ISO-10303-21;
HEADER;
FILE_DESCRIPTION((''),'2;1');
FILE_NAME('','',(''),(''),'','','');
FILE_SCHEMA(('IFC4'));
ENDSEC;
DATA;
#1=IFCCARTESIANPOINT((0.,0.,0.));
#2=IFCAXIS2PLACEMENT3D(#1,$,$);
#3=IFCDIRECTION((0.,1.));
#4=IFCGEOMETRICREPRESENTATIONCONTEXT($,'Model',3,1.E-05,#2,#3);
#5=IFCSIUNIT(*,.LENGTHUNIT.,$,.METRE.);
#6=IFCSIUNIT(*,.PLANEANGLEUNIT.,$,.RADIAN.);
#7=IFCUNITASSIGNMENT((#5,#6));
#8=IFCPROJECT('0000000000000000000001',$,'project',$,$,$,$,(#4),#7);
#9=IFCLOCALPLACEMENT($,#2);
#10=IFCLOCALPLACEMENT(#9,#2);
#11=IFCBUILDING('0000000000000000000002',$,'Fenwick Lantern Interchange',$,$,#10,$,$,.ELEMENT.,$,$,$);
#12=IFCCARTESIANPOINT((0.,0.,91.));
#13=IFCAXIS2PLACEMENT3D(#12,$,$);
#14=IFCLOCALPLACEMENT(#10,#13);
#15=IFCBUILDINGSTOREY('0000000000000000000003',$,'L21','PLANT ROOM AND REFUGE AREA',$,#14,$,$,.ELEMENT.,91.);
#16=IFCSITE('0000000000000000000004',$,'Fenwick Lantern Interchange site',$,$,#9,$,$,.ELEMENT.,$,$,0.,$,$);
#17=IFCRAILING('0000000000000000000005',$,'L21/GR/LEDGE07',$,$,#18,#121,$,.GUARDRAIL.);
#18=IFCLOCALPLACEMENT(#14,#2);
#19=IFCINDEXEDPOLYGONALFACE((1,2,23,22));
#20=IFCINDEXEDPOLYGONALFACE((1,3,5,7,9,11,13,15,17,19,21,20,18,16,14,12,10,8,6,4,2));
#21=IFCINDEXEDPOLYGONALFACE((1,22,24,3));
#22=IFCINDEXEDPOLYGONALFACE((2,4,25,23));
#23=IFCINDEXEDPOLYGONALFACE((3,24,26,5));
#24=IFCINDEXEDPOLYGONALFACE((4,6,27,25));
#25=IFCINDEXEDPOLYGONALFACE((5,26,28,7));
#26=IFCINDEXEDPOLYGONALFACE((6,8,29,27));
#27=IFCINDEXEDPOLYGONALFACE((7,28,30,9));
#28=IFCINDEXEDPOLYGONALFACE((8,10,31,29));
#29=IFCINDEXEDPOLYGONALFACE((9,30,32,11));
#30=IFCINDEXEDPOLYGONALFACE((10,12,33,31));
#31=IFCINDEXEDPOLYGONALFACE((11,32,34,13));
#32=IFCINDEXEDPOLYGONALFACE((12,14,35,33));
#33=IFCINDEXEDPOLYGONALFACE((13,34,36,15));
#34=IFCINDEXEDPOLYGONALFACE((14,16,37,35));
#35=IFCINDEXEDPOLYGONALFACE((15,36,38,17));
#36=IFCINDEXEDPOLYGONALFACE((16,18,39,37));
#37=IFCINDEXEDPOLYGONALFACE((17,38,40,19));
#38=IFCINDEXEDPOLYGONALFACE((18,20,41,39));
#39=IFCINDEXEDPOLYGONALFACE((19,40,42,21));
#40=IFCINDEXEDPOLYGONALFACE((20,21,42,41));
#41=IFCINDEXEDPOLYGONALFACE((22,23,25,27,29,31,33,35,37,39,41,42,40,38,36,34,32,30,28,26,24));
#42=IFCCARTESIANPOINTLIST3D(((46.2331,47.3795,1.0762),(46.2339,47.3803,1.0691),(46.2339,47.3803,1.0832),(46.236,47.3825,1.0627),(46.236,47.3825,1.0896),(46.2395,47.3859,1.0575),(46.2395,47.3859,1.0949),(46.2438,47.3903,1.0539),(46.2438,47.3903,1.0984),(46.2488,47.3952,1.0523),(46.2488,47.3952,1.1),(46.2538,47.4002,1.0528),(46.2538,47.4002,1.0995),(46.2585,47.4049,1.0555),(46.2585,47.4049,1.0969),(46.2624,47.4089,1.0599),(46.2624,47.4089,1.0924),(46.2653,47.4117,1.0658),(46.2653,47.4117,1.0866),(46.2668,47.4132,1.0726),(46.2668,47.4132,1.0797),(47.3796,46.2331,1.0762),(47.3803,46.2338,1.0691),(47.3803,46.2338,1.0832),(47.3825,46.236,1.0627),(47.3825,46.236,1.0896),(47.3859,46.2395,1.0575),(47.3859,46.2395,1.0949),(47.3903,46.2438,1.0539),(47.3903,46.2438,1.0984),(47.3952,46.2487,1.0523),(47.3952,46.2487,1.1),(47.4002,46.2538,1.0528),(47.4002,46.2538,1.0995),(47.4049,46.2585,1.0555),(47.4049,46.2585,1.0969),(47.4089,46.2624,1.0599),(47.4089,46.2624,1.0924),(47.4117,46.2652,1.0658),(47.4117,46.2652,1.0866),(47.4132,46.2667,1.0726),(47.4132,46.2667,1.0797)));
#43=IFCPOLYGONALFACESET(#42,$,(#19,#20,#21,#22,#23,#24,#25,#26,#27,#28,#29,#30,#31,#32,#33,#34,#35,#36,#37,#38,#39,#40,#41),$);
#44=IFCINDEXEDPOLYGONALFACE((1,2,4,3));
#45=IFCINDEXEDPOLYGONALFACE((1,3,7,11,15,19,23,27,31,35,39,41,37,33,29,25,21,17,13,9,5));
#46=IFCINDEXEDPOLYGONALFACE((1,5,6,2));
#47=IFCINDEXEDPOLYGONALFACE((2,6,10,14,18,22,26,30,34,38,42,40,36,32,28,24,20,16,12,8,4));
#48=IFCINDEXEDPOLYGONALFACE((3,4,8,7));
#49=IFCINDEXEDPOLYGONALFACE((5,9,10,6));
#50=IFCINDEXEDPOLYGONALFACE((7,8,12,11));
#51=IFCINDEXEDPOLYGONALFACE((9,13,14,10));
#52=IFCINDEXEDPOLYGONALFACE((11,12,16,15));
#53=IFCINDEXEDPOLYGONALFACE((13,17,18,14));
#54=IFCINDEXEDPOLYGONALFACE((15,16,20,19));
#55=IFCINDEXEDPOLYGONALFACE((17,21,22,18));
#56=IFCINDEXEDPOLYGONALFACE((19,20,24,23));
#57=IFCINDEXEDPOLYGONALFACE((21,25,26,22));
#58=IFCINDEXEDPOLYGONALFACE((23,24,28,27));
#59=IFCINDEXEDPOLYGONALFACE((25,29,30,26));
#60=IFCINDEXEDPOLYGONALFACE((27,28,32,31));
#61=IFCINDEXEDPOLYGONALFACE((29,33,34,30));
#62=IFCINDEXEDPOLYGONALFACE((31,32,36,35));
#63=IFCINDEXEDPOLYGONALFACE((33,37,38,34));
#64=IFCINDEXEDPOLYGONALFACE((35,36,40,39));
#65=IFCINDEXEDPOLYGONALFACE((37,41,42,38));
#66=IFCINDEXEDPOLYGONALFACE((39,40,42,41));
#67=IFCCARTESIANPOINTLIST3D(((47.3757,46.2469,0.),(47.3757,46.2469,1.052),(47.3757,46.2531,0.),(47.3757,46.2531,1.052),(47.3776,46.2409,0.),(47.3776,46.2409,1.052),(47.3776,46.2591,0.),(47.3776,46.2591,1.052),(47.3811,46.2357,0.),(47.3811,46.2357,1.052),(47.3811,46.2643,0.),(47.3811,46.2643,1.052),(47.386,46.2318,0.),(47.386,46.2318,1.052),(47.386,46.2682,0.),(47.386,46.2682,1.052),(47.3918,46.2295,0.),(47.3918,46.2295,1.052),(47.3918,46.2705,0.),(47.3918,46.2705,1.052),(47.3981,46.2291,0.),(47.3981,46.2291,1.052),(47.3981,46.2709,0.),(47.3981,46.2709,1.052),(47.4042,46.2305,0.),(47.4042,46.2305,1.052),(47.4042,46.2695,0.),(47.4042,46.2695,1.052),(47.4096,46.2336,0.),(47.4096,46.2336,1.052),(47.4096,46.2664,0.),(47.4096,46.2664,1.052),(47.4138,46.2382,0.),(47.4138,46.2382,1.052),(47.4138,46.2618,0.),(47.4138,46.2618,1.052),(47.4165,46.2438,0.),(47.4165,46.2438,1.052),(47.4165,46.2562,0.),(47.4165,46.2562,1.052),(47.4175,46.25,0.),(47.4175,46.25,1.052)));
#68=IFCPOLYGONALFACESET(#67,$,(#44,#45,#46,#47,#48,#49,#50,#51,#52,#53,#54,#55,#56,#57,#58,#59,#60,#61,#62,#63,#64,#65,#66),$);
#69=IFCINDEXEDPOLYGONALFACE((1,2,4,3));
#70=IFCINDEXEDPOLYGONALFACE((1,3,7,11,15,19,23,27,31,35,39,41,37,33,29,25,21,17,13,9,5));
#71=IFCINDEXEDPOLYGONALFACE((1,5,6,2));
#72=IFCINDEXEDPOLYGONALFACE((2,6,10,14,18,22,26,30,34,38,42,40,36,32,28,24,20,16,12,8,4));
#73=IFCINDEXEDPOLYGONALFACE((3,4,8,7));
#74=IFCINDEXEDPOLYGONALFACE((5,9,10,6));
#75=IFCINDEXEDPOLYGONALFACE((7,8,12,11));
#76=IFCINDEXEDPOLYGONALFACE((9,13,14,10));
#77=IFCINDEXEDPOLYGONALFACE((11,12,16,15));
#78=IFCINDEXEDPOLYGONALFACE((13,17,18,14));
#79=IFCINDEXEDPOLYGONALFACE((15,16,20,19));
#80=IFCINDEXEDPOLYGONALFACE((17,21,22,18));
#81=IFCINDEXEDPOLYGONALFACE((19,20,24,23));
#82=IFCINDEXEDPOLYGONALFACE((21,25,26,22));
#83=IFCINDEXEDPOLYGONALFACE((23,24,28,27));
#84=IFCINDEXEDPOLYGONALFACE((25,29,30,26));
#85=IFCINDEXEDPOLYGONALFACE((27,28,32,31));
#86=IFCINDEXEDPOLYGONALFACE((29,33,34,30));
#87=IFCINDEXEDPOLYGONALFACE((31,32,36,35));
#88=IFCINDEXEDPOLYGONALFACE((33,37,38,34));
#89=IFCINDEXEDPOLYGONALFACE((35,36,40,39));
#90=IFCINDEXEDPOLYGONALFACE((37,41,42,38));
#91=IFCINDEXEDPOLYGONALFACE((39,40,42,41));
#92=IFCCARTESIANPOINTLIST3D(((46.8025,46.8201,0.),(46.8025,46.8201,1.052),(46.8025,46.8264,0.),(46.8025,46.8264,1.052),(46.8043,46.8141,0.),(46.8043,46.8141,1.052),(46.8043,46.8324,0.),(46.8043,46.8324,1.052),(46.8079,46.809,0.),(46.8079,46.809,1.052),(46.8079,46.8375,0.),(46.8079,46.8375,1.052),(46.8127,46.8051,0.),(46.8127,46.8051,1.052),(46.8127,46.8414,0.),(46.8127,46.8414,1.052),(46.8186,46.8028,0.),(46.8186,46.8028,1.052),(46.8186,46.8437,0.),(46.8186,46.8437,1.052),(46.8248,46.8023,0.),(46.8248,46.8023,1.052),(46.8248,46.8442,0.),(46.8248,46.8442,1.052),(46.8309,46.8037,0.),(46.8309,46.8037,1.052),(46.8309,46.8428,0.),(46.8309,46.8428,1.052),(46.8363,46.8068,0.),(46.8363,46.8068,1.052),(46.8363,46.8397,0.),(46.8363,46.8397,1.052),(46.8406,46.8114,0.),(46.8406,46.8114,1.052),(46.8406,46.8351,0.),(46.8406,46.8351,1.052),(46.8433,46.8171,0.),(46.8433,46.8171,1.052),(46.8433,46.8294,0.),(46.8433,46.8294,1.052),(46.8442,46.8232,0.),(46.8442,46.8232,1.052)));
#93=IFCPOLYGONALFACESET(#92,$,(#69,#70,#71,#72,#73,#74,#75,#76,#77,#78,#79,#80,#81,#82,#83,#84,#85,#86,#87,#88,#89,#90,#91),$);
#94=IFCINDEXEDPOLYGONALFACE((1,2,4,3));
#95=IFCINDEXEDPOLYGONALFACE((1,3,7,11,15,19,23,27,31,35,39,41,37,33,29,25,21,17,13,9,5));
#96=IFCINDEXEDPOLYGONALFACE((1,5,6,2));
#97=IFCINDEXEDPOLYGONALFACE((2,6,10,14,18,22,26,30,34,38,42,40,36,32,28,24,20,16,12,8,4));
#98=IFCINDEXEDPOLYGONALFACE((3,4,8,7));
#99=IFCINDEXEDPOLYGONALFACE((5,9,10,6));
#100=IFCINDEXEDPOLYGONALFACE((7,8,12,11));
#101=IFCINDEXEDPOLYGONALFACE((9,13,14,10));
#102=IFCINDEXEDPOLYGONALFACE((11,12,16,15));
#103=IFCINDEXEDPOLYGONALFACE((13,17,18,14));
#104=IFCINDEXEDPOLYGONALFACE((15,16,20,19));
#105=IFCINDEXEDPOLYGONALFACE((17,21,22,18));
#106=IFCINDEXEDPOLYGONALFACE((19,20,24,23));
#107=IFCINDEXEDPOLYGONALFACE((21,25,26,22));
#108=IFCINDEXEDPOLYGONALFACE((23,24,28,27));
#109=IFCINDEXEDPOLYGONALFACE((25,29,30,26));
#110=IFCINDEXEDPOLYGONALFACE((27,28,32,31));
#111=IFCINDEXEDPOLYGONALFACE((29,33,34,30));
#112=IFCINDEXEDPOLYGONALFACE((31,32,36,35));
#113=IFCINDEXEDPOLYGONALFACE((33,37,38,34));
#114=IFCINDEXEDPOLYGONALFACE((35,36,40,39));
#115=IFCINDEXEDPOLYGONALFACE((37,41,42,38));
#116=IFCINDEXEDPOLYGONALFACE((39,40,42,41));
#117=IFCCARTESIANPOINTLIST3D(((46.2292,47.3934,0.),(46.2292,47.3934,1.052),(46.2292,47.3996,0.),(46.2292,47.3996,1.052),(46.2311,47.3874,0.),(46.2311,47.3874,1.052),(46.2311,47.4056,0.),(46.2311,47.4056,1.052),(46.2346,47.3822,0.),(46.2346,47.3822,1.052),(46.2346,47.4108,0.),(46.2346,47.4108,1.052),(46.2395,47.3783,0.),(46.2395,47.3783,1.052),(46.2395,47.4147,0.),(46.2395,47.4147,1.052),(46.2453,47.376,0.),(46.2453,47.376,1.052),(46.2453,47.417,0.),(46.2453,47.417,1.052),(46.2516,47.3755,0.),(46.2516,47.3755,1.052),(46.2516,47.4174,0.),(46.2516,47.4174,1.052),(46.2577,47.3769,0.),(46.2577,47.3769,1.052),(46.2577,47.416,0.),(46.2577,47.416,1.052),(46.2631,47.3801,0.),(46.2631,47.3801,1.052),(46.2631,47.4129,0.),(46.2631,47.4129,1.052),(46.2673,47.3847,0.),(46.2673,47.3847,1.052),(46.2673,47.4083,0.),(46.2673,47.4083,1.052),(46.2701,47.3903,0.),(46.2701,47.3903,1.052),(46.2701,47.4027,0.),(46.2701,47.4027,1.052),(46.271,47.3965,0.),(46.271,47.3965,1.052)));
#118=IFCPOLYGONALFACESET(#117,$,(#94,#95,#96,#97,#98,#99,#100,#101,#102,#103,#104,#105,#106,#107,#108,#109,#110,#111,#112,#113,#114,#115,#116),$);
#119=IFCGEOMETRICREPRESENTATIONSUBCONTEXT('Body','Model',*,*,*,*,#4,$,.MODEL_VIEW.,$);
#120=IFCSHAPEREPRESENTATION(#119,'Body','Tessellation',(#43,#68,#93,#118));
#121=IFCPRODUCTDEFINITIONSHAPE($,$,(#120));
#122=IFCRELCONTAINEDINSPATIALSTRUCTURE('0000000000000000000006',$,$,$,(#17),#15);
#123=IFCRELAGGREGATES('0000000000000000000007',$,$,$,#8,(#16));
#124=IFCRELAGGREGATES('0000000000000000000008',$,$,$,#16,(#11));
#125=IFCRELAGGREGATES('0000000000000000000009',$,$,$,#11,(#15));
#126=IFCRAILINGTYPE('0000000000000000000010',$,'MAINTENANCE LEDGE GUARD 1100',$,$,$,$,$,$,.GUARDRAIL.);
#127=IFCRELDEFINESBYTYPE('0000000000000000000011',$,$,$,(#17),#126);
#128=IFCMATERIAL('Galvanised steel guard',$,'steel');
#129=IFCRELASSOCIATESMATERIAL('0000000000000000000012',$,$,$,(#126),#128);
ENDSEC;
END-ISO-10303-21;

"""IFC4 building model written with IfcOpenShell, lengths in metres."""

from ifc_helpers import new_model, si_unit, direction, frame, origin, origin_2d, place, context, subcontext, project, spatial, circle, extrude, material, type_object, element, save


model = new_model("IFC4")

# Units and contexts
model_context = context("Model", 3, precision=1e-05, world=origin(), true_north=direction((0.0, 1.0)))
body_context = subcontext(model_context, "Body", "Model", "MODEL_VIEW")
ifc_project = project(units=[si_unit("LENGTHUNIT", "METRE"), si_unit("PLANEANGLEUNIT", "RADIAN")], contexts=[model_context])

# Site, building, storey
site_placement = place(None, origin())
site = spatial("IfcSite", under=ifc_project, at=site_placement, Name="Fenwick Lantern Interchange site", CompositionType="ELEMENT", RefElevation=0.0)
building_placement = place(site_placement, origin())
building = spatial("IfcBuilding", under=site, at=building_placement, Name="Fenwick Lantern Interchange", CompositionType="ELEMENT")
storey_placement = place(building_placement, frame((0.0, 0.0, 91.0)))
storey = spatial("IfcBuildingStorey", under=building, at=storey_placement, Name="L21", Description="PLANT ROOM AND REFUGE AREA", CompositionType="ELEMENT", Elevation=91.0)

# Railing
ifc_material_1 = material(Name="Galvanised steel guard", Category="steel")
railing_type = type_object("IfcRailingType", Name="MAINTENANCE LEDGE GUARD 1100", PredefinedType="GUARDRAIL", material=ifc_material_1)
railing_1_placement = place(storey_placement, frame((47.3965, 46.25, 0.0)))
element("IfcRailing", 1, at=railing_1_placement, inside=storey, type_object=railing_type, Name="L21/GR/LEDGE07", PredefinedType="GUARDRAIL", context=body_context, shape_type="SweptSolid", body=[
    extrude(circle(Radius=0.0239, at=origin_2d()), frame((0.0, 0.0, 1.0762), z_axis=(-0.707107, 0.707107, 0.0), x_axis=(-0.707107, -0.707107, 0.0)), (0.0, 0.0, 1.0), 1.6213),
    extrude(circle(Radius=0.021, at=origin_2d()), origin(), (0.0, 0.0, 1.0), 1.052),
    extrude(circle(Radius=0.021, at=origin_2d()), frame((-0.5732, 0.5732, 0.0)), (0.0, 0.0, 1.0), 1.052),
    extrude(circle(Radius=0.021, at=origin_2d()), frame((-1.1465, 1.1465, 0.0)), (0.0, 0.0, 1.0), 1.052),
])

save(model, "model.ifc")
